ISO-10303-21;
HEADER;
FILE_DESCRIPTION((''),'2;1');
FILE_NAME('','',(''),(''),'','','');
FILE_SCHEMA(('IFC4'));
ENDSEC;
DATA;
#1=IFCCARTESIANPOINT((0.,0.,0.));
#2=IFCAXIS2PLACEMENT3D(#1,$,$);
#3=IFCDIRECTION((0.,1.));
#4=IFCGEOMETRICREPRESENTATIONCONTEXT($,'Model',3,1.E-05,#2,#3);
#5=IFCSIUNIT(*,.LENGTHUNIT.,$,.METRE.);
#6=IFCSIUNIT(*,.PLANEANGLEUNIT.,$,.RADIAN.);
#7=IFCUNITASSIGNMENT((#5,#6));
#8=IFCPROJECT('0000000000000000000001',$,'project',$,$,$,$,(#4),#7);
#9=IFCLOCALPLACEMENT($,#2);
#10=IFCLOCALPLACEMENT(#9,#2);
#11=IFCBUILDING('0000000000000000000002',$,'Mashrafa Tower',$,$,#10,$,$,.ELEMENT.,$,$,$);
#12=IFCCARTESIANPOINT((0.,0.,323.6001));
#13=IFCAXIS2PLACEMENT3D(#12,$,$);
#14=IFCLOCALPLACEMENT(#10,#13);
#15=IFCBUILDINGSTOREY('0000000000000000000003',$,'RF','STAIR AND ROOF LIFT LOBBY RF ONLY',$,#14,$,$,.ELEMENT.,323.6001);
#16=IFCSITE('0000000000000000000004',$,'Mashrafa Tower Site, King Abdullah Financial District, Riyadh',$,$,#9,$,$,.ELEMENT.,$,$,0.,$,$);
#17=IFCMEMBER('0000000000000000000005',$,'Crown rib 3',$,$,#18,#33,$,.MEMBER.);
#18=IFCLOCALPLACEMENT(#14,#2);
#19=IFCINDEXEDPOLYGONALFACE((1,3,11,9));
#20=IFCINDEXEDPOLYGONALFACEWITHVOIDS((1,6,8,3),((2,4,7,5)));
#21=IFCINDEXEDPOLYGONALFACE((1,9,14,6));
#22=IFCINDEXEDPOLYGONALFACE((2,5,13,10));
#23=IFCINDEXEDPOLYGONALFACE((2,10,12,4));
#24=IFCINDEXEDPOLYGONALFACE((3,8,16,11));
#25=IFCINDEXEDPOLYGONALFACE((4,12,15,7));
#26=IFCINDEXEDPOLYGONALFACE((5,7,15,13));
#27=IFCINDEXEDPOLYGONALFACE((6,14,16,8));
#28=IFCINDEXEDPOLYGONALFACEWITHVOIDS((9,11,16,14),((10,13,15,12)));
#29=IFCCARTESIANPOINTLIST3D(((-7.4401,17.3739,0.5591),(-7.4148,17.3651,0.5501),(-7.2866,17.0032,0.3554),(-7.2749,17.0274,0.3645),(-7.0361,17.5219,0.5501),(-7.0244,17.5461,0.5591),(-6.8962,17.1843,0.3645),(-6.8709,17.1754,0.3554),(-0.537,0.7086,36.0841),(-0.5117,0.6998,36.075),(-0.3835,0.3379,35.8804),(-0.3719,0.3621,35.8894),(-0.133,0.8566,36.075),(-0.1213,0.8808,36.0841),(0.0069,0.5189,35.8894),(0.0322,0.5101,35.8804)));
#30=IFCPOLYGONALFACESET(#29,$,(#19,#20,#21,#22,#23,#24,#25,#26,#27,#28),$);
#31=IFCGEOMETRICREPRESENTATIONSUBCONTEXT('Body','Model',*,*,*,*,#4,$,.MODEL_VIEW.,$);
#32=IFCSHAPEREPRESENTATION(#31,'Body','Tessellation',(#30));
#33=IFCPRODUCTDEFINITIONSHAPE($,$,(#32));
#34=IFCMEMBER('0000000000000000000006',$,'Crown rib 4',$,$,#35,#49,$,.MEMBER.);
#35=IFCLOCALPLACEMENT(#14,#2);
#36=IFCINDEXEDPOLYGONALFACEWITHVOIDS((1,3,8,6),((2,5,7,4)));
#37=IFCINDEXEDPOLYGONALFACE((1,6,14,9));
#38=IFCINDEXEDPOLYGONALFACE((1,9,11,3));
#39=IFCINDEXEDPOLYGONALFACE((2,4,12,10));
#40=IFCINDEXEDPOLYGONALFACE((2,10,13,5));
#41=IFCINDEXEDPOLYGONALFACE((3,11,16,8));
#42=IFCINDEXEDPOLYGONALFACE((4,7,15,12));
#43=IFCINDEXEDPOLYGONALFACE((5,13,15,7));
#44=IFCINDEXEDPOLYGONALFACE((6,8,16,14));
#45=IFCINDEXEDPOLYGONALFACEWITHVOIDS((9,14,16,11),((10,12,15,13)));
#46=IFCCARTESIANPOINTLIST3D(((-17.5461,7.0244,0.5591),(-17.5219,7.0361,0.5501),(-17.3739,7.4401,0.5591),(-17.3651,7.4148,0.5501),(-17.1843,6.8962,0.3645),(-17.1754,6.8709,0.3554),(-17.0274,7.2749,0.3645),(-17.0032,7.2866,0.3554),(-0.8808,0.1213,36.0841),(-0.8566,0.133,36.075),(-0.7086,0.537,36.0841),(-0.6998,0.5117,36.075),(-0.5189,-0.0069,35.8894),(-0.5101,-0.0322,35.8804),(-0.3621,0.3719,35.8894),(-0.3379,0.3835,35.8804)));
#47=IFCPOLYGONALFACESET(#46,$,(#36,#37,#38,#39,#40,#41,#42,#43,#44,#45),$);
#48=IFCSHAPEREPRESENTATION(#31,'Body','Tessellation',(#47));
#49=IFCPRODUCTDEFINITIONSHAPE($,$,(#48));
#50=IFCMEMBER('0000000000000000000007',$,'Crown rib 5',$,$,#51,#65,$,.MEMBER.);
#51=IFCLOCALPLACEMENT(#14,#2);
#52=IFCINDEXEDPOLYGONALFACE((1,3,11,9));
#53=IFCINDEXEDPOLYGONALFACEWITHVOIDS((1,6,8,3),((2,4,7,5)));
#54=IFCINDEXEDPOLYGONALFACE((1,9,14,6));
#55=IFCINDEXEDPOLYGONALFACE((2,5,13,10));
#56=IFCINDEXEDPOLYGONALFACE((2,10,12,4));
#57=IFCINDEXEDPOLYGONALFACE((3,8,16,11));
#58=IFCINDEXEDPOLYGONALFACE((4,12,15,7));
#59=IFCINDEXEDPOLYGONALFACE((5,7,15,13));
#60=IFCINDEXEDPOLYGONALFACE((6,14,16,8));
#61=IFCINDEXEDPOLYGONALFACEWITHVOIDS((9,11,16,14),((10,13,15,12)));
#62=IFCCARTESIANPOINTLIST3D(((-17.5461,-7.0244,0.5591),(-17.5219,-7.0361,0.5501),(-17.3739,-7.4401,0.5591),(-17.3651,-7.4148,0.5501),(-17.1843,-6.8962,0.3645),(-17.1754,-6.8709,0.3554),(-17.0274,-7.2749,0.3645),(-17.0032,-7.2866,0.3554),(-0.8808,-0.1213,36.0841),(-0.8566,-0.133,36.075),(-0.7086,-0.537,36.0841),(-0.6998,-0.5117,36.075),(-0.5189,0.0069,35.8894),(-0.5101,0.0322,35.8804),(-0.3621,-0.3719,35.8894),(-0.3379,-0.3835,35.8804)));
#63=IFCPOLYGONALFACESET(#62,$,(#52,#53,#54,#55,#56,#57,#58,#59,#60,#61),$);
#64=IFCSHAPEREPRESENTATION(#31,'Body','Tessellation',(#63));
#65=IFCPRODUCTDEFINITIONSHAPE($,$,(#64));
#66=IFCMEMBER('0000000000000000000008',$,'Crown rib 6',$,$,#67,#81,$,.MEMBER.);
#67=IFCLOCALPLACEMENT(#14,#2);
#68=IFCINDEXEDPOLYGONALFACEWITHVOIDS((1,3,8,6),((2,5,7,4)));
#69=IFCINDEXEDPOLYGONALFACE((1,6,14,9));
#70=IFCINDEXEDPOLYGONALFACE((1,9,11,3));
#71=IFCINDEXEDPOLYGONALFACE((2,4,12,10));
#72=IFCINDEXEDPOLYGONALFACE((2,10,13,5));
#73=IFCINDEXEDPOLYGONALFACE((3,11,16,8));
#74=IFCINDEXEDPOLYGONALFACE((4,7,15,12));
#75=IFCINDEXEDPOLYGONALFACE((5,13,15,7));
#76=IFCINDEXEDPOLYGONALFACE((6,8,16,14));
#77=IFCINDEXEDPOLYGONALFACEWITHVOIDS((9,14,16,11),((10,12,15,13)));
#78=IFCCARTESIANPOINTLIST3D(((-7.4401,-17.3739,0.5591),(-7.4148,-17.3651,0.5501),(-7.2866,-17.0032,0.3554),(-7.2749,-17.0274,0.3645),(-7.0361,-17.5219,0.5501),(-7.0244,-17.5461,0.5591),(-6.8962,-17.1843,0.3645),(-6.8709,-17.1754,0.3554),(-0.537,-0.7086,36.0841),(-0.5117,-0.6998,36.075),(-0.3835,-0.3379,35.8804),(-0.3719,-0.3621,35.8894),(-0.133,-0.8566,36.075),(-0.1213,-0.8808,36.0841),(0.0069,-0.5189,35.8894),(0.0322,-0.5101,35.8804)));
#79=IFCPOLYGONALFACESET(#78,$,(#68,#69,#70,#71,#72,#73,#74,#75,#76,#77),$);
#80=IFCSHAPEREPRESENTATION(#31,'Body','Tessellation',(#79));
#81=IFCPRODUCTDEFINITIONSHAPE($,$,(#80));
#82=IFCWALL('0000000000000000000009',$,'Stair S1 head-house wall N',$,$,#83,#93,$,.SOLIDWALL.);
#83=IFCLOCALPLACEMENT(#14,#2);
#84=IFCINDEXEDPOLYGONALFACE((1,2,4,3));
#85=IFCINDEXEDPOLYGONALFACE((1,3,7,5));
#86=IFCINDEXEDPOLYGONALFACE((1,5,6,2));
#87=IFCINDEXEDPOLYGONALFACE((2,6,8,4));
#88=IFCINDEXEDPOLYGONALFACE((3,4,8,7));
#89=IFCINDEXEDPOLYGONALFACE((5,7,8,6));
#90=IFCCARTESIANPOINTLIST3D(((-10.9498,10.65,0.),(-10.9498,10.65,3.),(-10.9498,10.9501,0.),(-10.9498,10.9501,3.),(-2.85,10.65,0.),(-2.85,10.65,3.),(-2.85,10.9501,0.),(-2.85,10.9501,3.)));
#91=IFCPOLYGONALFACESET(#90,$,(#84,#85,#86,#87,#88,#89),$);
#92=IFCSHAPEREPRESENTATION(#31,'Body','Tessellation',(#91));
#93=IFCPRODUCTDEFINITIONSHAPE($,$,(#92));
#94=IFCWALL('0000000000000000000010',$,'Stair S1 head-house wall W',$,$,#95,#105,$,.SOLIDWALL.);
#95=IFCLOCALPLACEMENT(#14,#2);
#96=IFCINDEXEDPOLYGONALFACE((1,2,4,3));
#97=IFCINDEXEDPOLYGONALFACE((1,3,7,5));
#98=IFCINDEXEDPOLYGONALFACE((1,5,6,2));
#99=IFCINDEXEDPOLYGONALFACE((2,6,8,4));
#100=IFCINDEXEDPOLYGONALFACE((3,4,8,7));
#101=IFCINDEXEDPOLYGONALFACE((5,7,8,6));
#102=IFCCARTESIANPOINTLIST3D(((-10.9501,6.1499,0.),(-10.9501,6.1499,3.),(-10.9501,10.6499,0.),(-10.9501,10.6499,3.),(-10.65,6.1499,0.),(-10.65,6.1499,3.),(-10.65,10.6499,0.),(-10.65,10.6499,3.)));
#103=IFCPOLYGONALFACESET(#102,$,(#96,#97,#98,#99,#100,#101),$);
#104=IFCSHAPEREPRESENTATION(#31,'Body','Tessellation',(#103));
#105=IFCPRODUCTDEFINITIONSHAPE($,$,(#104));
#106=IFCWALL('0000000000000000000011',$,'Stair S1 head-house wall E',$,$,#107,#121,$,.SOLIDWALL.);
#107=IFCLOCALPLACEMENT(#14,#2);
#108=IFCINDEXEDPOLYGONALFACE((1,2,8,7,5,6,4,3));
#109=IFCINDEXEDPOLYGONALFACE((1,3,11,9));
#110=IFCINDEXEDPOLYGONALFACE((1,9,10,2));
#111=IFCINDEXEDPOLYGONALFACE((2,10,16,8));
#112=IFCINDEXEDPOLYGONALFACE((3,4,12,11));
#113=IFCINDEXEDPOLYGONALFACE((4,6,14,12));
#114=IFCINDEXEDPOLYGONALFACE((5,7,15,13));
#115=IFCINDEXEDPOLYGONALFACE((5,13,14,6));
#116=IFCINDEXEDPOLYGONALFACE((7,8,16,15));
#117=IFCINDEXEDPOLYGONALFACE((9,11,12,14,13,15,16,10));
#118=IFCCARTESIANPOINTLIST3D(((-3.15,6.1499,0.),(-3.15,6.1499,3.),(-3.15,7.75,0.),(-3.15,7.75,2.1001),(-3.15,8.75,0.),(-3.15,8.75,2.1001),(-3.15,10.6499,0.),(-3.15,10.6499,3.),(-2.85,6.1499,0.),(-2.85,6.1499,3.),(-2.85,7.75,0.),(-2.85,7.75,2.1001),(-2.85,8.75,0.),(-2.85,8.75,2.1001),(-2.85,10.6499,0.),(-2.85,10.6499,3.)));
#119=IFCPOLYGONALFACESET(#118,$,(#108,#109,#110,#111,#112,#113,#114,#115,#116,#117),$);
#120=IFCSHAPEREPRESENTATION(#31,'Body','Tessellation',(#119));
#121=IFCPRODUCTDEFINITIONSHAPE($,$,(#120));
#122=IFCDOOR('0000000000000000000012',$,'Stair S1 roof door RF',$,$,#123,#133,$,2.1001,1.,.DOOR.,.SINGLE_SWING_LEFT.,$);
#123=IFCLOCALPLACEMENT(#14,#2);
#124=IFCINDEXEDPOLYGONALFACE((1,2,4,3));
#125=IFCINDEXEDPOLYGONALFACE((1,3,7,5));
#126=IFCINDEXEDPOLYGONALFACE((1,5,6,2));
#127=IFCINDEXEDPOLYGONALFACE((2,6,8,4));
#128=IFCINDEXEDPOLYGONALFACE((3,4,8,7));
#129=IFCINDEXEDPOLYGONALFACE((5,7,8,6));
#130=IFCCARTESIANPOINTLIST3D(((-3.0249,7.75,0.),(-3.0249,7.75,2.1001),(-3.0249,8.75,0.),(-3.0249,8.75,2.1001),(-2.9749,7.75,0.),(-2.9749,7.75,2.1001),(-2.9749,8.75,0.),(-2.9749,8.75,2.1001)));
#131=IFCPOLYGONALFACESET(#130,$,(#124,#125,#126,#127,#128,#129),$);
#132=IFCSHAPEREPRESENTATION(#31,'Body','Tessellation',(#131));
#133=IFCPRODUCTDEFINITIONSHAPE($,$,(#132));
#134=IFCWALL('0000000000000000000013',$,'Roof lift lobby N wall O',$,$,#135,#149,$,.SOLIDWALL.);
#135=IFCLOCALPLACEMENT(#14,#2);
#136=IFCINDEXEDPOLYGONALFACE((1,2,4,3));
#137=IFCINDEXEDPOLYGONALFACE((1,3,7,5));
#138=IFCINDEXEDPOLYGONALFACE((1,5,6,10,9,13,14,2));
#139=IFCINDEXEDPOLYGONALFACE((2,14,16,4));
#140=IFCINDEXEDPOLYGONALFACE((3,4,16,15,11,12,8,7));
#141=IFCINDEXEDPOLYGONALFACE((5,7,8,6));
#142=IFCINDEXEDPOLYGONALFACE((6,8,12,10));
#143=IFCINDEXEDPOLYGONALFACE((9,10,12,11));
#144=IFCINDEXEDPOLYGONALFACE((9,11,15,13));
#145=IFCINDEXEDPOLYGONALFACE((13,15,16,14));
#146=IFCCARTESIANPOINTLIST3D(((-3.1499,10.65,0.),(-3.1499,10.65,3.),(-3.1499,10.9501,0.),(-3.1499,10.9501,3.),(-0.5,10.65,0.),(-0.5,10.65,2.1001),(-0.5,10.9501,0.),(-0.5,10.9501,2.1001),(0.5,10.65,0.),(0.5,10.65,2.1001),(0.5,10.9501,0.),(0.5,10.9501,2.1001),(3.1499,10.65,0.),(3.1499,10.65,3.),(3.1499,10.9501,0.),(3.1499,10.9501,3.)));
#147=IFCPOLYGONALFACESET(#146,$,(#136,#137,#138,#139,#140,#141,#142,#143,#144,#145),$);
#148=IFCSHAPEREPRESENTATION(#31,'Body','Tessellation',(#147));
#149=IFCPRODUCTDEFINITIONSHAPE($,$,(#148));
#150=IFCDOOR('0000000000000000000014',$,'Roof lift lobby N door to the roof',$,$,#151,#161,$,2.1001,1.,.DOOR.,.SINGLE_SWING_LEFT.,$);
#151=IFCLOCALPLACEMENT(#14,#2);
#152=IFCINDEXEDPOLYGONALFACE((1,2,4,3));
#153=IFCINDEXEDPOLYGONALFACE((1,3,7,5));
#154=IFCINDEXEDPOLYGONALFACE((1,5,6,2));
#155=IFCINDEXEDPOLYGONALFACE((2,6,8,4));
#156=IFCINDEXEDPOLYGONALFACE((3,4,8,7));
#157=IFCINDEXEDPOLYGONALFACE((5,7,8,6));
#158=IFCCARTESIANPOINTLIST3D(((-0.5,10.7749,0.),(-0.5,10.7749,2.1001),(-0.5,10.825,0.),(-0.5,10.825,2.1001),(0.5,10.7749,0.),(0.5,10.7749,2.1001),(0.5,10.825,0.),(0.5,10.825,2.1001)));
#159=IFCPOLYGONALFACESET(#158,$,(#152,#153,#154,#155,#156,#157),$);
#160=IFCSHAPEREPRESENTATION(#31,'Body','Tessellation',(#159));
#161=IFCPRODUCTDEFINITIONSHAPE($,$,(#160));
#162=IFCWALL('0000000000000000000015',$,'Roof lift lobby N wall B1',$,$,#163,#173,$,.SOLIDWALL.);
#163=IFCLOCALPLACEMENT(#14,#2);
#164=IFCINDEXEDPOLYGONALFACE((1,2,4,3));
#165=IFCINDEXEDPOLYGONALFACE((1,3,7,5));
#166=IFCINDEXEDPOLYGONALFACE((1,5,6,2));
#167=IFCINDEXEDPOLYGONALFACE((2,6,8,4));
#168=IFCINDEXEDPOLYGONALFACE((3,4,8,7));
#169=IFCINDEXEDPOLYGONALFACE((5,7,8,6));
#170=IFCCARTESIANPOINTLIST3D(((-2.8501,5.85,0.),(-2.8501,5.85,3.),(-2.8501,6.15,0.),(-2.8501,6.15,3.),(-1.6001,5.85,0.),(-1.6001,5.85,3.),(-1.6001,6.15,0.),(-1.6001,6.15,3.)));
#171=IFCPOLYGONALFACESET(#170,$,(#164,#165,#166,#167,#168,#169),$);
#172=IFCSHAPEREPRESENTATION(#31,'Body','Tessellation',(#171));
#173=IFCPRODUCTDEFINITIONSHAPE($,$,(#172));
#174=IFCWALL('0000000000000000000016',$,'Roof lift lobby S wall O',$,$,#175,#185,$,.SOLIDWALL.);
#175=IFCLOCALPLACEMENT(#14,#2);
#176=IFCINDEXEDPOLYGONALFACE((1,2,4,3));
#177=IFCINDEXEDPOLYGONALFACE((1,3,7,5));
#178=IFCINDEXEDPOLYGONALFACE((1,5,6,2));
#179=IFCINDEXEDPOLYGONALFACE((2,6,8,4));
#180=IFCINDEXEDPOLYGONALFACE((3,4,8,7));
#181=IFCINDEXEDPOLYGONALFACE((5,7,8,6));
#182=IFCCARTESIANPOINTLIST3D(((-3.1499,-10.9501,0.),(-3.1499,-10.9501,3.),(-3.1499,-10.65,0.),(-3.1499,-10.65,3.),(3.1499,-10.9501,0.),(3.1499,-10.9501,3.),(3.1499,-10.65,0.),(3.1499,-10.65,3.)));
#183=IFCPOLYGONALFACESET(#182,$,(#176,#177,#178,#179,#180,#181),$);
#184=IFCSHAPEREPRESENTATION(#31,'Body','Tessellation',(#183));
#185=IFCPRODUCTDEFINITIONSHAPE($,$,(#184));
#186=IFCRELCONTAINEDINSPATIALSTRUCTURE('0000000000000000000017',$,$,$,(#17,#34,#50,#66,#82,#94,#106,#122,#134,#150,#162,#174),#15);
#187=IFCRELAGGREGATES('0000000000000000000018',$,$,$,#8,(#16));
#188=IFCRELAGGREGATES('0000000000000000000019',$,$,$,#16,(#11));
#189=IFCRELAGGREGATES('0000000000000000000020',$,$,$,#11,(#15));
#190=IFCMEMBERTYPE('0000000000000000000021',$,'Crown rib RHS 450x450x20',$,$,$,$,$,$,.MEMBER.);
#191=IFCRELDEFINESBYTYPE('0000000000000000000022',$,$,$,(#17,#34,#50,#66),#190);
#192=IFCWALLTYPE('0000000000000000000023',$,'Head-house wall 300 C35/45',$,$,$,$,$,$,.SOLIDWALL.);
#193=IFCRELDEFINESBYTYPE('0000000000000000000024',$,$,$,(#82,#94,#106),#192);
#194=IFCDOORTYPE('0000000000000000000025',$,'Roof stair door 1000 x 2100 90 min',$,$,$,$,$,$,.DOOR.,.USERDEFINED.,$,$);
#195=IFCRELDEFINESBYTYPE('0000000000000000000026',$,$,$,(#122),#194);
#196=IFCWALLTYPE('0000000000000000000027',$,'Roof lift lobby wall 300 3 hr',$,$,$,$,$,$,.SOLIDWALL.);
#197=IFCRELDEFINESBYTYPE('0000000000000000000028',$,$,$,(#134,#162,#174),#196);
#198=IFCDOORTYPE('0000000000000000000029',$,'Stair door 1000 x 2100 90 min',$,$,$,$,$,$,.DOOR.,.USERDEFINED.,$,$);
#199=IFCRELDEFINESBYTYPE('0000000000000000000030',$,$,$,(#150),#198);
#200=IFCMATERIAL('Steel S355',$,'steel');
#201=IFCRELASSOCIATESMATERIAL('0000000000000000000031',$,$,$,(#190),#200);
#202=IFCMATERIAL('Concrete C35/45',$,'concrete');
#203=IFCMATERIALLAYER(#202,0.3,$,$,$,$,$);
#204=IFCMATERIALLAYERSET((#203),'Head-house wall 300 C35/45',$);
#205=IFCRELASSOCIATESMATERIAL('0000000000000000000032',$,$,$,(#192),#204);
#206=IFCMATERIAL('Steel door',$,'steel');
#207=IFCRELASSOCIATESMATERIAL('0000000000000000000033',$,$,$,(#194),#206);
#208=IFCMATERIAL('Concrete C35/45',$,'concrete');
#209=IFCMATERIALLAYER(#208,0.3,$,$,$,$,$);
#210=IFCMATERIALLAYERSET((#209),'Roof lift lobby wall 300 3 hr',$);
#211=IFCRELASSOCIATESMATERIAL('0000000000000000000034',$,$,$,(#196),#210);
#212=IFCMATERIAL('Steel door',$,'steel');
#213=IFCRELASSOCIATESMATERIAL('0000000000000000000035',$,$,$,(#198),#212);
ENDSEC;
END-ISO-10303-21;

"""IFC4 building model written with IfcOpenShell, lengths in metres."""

from ifc_helpers import new_model, si_unit, direction, frame, frame_2d, origin, origin_2d, place, context, subcontext, project, spatial, rectangle, hollow_rectangle, extrude, source, transform, mapped, material, layer, layer_set, material_profile, profile_set, type_object, type_shapes, element, fill, save


model = new_model("IFC4")

# Units and contexts
model_context = context("Model", 3, precision=1e-05, world=origin(), true_north=direction((0.0, 1.0)))
body_context = subcontext(model_context, "Body", "Model", "MODEL_VIEW")
ifc_project = project(units=[si_unit("LENGTHUNIT", "METRE"), si_unit("PLANEANGLEUNIT", "RADIAN")], contexts=[model_context])

# Site, building, storey
site_placement = place(None, origin())
site = spatial("IfcSite", under=ifc_project, at=site_placement, Name="Mashrafa Tower Site, King Abdullah Financial District, Riyadh", CompositionType="ELEMENT", RefElevation=0.0)
building_placement = place(site_placement, origin())
building = spatial("IfcBuilding", under=site, at=building_placement, Name="Mashrafa Tower", CompositionType="ELEMENT")
storey_placement = place(building_placement, frame((0.0, 0.0, 323.6001)))
storey = spatial("IfcBuildingStorey", under=building, at=storey_placement, Name="RF", Description="STAIR AND ROOF LIFT LOBBY RF ONLY", CompositionType="ELEMENT", Elevation=323.6001)

# Members
ifc_material_1 = material(Name="Steel S355", Category="steel")
ifc_material_profile_1 = material_profile(ifc_material_1, hollow_rectangle(XDim=0.45, YDim=0.45, WallThickness=0.02, at=origin_2d()), Name="RHS 450x450x20")
ifc_profile_set_1 = profile_set([ifc_material_profile_1], Name="Steel S355")
member_type = type_object("IfcMemberType", Name="Crown rib RHS 450x450x20", PredefinedType="MEMBER", material=ifc_profile_set_1)
shared_shape_1 = source(origin(), body_context, "Body", "SweptSolid", [
    extrude(hollow_rectangle(XDim=0.45, YDim=0.45, WallThickness=0.02, at=origin_2d()), origin(), (0.0, 0.0, 1.0), 39.8423),
])
type_shapes(member_type, [shared_shape_1])
for number, where, z_axis, x_axis, name in (
    (1, (-7.1555, 17.2747, 0.4573), (0.17326, -0.418282, 0.89164), (0.923878, 0.382688, 0.0), "Crown rib 3"),
    (2, (-17.2747, 7.1555, 0.4573), (0.418282, -0.17326, 0.89164), (0.382688, 0.923878, 0.0), "Crown rib 4"),
    (3, (-17.2747, -7.1555, 0.4573), (0.418282, 0.17326, 0.89164), (-0.382688, 0.923878, 0.0), "Crown rib 5"),
    (4, (-7.1555, -17.2747, 0.4573), (0.17326, 0.418282, 0.89164), (-0.923878, 0.382688, 0.0), "Crown rib 6"),
):
    element("IfcMember", number, at=place(storey_placement, frame(where, z_axis=z_axis, x_axis=x_axis)), inside=storey, type_object=member_type, Name=name, PredefinedType="MEMBER", context=body_context, shape_type="MappedRepresentation", body=[
        mapped(shared_shape_1, transform((0.0, 0.0, 0.0))),
    ])

# Walls
ifc_material_2 = material(Name="Concrete C35/45", Category="concrete")
ifc_layer_1 = layer(ifc_material_2, 0.3)
ifc_layer_set_1 = layer_set([ifc_layer_1], Name="Head-house wall 300 C35/45")
wall_type_1 = type_object("IfcWallType", Name="Head-house wall 300 C35/45", PredefinedType="SOLIDWALL", material=ifc_layer_set_1)
wall_1_placement = place(storey_placement, frame((-2.8501, 10.8, 0.0), z_axis=(0.0, 0.0, 1.0), x_axis=(-1.0, 0.0, 0.0)))
element("IfcWall", 5, at=wall_1_placement, inside=storey, type_object=wall_type_1, Name="Stair S1 head-house wall N", PredefinedType="SOLIDWALL", context=body_context, shape_type="SweptSolid", body=[
    extrude(rectangle(XDim=8.0999, YDim=0.3, at=frame_2d((4.0498, 0.0))), origin(), (0.0, 0.0, 1.0), 3.0),
])
wall_2_placement = place(storey_placement, frame((-10.8, 10.6499, 0.0), z_axis=(0.0, 0.0, 1.0), x_axis=(0.0, -1.0, 0.0)))
element("IfcWall", 6, at=wall_2_placement, inside=storey, type_object=wall_type_1, Name="Stair S1 head-house wall W", PredefinedType="SOLIDWALL", context=body_context, shape_type="SweptSolid", body=[
    extrude(rectangle(XDim=4.5, YDim=0.3, at=frame_2d((2.25, 0.0))), origin(), (0.0, 0.0, 1.0), 3.0),
])

# Walls, openings, doors
wall_3_placement = place(storey_placement, frame((-3.0, 6.1499, 0.0), z_axis=(0.0, 0.0, 1.0), x_axis=(0.0, 1.0, 0.0)))
wall_3 = element("IfcWall", 7, at=wall_3_placement, inside=storey, type_object=wall_type_1, Name="Stair S1 head-house wall E", PredefinedType="SOLIDWALL", context=body_context, shape_type="SweptSolid", body=[
    extrude(rectangle(XDim=4.5, YDim=0.3, at=frame_2d((2.25, 0.0))), origin(), (0.0, 0.0, 1.0), 3.0),
])
opening_1_placement = place(wall_3_placement, frame((1.6001, 0.0, 0.0)))
opening_1 = element("IfcOpeningElement", 8, at=opening_1_placement, cuts=wall_3, PredefinedType="OPENING", context=body_context, shape_type="SweptSolid", body=[
    extrude(rectangle(XDim=1.0, YDim=2.1001, at=frame_2d((0.5, 1.05))), frame((0.0, 0.1599, 0.0), z_axis=(0.0, -1.0, 0.0), x_axis=(1.0, 0.0, 0.0)), (0.0, 0.0, 1.0), 0.3201),
])
ifc_material_3 = material(Name="Steel door", Category="steel")
door_type_1 = type_object("IfcDoorType", Name="Roof stair door 1000 x 2100 90 min", OperationType="USERDEFINED", PredefinedType="DOOR", material=ifc_material_3)
door_1_placement = place(opening_1_placement, origin())
door_1 = element("IfcDoor", 9, at=door_1_placement, inside=storey, type_object=door_type_1, Name="Stair S1 roof door RF", OperationType="SINGLE_SWING_LEFT", OverallHeight=2.1001, OverallWidth=1.0, PredefinedType="DOOR", context=body_context, shape_type="SweptSolid", body=[
    extrude(rectangle(XDim=1.0, YDim=2.1001, at=frame_2d((0.5, 1.05))), frame((0.0, 0.0249, 0.0), z_axis=(0.0, -1.0, 0.0), x_axis=(1.0, 0.0, 0.0)), (0.0, 0.0, 1.0), 0.05),
])
fill(opening_1, door_1)
ifc_material_4 = material(Name="Concrete C35/45", Category="concrete")
ifc_layer_2 = layer(ifc_material_4, 0.3)
ifc_layer_set_2 = layer_set([ifc_layer_2], Name="Roof lift lobby wall 300 3 hr")
wall_type_2 = type_object("IfcWallType", Name="Roof lift lobby wall 300 3 hr", PredefinedType="SOLIDWALL", material=ifc_layer_set_2)
wall_4_placement = place(storey_placement, frame((-3.1499, 10.8, 0.0), z_axis=(0.0, 0.0, 1.0), x_axis=(1.0, 0.0, 0.0)))
wall_4 = element("IfcWall", 10, at=wall_4_placement, inside=storey, type_object=wall_type_2, Name="Roof lift lobby N wall O", PredefinedType="SOLIDWALL", context=body_context, shape_type="SweptSolid", body=[
    extrude(rectangle(XDim=6.2998, YDim=0.3, at=frame_2d((3.1499, 0.0))), origin(), (0.0, 0.0, 1.0), 3.0),
])
opening_2_placement = place(wall_4_placement, frame((2.6499, 0.0, 0.0)))
opening_2 = element("IfcOpeningElement", 11, at=opening_2_placement, cuts=wall_4, PredefinedType="OPENING", context=body_context, shape_type="SweptSolid", body=[
    extrude(rectangle(XDim=1.0, YDim=2.1001, at=frame_2d((0.5, 1.05))), frame((0.0, 0.1599, 0.0), z_axis=(0.0, -1.0, 0.0), x_axis=(1.0, 0.0, 0.0)), (0.0, 0.0, 1.0), 0.3201),
])
ifc_material_5 = material(Name="Steel door", Category="steel")
door_type_2 = type_object("IfcDoorType", Name="Stair door 1000 x 2100 90 min", OperationType="USERDEFINED", PredefinedType="DOOR", material=ifc_material_5)
door_2_placement = place(opening_2_placement, origin())
door_2 = element("IfcDoor", 12, at=door_2_placement, inside=storey, type_object=door_type_2, Name="Roof lift lobby N door to the roof", OperationType="SINGLE_SWING_LEFT", OverallHeight=2.1001, OverallWidth=1.0, PredefinedType="DOOR", context=body_context, shape_type="SweptSolid", body=[
    extrude(rectangle(XDim=1.0, YDim=2.1001, at=frame_2d((0.5, 1.05))), frame((0.0, 0.0249, 0.0), z_axis=(0.0, -1.0, 0.0), x_axis=(1.0, 0.0, 0.0)), (0.0, 0.0, 1.0), 0.05),
])
fill(opening_2, door_2)

# Walls
wall_5_placement = place(storey_placement, frame((-2.8501, 6.0, 0.0), z_axis=(0.0, 0.0, 1.0), x_axis=(1.0, 0.0, 0.0)))
element("IfcWall", 13, at=wall_5_placement, inside=storey, type_object=wall_type_2, Name="Roof lift lobby N wall B1", PredefinedType="SOLIDWALL", context=body_context, shape_type="SweptSolid", body=[
    extrude(rectangle(XDim=1.25, YDim=0.3, at=frame_2d((0.625, 0.0))), origin(), (0.0, 0.0, 1.0), 3.0),
])
wall_6_placement = place(storey_placement, frame((-3.1499, -10.8, 0.0), z_axis=(0.0, 0.0, 1.0), x_axis=(1.0, 0.0, 0.0)))
element("IfcWall", 14, at=wall_6_placement, inside=storey, type_object=wall_type_2, Name="Roof lift lobby S wall O", PredefinedType="SOLIDWALL", context=body_context, shape_type="SweptSolid", body=[
    extrude(rectangle(XDim=6.2998, YDim=0.3, at=frame_2d((3.1499, 0.0))), origin(), (0.0, 0.0, 1.0), 3.0),
])

save(model, "model.ifc")
